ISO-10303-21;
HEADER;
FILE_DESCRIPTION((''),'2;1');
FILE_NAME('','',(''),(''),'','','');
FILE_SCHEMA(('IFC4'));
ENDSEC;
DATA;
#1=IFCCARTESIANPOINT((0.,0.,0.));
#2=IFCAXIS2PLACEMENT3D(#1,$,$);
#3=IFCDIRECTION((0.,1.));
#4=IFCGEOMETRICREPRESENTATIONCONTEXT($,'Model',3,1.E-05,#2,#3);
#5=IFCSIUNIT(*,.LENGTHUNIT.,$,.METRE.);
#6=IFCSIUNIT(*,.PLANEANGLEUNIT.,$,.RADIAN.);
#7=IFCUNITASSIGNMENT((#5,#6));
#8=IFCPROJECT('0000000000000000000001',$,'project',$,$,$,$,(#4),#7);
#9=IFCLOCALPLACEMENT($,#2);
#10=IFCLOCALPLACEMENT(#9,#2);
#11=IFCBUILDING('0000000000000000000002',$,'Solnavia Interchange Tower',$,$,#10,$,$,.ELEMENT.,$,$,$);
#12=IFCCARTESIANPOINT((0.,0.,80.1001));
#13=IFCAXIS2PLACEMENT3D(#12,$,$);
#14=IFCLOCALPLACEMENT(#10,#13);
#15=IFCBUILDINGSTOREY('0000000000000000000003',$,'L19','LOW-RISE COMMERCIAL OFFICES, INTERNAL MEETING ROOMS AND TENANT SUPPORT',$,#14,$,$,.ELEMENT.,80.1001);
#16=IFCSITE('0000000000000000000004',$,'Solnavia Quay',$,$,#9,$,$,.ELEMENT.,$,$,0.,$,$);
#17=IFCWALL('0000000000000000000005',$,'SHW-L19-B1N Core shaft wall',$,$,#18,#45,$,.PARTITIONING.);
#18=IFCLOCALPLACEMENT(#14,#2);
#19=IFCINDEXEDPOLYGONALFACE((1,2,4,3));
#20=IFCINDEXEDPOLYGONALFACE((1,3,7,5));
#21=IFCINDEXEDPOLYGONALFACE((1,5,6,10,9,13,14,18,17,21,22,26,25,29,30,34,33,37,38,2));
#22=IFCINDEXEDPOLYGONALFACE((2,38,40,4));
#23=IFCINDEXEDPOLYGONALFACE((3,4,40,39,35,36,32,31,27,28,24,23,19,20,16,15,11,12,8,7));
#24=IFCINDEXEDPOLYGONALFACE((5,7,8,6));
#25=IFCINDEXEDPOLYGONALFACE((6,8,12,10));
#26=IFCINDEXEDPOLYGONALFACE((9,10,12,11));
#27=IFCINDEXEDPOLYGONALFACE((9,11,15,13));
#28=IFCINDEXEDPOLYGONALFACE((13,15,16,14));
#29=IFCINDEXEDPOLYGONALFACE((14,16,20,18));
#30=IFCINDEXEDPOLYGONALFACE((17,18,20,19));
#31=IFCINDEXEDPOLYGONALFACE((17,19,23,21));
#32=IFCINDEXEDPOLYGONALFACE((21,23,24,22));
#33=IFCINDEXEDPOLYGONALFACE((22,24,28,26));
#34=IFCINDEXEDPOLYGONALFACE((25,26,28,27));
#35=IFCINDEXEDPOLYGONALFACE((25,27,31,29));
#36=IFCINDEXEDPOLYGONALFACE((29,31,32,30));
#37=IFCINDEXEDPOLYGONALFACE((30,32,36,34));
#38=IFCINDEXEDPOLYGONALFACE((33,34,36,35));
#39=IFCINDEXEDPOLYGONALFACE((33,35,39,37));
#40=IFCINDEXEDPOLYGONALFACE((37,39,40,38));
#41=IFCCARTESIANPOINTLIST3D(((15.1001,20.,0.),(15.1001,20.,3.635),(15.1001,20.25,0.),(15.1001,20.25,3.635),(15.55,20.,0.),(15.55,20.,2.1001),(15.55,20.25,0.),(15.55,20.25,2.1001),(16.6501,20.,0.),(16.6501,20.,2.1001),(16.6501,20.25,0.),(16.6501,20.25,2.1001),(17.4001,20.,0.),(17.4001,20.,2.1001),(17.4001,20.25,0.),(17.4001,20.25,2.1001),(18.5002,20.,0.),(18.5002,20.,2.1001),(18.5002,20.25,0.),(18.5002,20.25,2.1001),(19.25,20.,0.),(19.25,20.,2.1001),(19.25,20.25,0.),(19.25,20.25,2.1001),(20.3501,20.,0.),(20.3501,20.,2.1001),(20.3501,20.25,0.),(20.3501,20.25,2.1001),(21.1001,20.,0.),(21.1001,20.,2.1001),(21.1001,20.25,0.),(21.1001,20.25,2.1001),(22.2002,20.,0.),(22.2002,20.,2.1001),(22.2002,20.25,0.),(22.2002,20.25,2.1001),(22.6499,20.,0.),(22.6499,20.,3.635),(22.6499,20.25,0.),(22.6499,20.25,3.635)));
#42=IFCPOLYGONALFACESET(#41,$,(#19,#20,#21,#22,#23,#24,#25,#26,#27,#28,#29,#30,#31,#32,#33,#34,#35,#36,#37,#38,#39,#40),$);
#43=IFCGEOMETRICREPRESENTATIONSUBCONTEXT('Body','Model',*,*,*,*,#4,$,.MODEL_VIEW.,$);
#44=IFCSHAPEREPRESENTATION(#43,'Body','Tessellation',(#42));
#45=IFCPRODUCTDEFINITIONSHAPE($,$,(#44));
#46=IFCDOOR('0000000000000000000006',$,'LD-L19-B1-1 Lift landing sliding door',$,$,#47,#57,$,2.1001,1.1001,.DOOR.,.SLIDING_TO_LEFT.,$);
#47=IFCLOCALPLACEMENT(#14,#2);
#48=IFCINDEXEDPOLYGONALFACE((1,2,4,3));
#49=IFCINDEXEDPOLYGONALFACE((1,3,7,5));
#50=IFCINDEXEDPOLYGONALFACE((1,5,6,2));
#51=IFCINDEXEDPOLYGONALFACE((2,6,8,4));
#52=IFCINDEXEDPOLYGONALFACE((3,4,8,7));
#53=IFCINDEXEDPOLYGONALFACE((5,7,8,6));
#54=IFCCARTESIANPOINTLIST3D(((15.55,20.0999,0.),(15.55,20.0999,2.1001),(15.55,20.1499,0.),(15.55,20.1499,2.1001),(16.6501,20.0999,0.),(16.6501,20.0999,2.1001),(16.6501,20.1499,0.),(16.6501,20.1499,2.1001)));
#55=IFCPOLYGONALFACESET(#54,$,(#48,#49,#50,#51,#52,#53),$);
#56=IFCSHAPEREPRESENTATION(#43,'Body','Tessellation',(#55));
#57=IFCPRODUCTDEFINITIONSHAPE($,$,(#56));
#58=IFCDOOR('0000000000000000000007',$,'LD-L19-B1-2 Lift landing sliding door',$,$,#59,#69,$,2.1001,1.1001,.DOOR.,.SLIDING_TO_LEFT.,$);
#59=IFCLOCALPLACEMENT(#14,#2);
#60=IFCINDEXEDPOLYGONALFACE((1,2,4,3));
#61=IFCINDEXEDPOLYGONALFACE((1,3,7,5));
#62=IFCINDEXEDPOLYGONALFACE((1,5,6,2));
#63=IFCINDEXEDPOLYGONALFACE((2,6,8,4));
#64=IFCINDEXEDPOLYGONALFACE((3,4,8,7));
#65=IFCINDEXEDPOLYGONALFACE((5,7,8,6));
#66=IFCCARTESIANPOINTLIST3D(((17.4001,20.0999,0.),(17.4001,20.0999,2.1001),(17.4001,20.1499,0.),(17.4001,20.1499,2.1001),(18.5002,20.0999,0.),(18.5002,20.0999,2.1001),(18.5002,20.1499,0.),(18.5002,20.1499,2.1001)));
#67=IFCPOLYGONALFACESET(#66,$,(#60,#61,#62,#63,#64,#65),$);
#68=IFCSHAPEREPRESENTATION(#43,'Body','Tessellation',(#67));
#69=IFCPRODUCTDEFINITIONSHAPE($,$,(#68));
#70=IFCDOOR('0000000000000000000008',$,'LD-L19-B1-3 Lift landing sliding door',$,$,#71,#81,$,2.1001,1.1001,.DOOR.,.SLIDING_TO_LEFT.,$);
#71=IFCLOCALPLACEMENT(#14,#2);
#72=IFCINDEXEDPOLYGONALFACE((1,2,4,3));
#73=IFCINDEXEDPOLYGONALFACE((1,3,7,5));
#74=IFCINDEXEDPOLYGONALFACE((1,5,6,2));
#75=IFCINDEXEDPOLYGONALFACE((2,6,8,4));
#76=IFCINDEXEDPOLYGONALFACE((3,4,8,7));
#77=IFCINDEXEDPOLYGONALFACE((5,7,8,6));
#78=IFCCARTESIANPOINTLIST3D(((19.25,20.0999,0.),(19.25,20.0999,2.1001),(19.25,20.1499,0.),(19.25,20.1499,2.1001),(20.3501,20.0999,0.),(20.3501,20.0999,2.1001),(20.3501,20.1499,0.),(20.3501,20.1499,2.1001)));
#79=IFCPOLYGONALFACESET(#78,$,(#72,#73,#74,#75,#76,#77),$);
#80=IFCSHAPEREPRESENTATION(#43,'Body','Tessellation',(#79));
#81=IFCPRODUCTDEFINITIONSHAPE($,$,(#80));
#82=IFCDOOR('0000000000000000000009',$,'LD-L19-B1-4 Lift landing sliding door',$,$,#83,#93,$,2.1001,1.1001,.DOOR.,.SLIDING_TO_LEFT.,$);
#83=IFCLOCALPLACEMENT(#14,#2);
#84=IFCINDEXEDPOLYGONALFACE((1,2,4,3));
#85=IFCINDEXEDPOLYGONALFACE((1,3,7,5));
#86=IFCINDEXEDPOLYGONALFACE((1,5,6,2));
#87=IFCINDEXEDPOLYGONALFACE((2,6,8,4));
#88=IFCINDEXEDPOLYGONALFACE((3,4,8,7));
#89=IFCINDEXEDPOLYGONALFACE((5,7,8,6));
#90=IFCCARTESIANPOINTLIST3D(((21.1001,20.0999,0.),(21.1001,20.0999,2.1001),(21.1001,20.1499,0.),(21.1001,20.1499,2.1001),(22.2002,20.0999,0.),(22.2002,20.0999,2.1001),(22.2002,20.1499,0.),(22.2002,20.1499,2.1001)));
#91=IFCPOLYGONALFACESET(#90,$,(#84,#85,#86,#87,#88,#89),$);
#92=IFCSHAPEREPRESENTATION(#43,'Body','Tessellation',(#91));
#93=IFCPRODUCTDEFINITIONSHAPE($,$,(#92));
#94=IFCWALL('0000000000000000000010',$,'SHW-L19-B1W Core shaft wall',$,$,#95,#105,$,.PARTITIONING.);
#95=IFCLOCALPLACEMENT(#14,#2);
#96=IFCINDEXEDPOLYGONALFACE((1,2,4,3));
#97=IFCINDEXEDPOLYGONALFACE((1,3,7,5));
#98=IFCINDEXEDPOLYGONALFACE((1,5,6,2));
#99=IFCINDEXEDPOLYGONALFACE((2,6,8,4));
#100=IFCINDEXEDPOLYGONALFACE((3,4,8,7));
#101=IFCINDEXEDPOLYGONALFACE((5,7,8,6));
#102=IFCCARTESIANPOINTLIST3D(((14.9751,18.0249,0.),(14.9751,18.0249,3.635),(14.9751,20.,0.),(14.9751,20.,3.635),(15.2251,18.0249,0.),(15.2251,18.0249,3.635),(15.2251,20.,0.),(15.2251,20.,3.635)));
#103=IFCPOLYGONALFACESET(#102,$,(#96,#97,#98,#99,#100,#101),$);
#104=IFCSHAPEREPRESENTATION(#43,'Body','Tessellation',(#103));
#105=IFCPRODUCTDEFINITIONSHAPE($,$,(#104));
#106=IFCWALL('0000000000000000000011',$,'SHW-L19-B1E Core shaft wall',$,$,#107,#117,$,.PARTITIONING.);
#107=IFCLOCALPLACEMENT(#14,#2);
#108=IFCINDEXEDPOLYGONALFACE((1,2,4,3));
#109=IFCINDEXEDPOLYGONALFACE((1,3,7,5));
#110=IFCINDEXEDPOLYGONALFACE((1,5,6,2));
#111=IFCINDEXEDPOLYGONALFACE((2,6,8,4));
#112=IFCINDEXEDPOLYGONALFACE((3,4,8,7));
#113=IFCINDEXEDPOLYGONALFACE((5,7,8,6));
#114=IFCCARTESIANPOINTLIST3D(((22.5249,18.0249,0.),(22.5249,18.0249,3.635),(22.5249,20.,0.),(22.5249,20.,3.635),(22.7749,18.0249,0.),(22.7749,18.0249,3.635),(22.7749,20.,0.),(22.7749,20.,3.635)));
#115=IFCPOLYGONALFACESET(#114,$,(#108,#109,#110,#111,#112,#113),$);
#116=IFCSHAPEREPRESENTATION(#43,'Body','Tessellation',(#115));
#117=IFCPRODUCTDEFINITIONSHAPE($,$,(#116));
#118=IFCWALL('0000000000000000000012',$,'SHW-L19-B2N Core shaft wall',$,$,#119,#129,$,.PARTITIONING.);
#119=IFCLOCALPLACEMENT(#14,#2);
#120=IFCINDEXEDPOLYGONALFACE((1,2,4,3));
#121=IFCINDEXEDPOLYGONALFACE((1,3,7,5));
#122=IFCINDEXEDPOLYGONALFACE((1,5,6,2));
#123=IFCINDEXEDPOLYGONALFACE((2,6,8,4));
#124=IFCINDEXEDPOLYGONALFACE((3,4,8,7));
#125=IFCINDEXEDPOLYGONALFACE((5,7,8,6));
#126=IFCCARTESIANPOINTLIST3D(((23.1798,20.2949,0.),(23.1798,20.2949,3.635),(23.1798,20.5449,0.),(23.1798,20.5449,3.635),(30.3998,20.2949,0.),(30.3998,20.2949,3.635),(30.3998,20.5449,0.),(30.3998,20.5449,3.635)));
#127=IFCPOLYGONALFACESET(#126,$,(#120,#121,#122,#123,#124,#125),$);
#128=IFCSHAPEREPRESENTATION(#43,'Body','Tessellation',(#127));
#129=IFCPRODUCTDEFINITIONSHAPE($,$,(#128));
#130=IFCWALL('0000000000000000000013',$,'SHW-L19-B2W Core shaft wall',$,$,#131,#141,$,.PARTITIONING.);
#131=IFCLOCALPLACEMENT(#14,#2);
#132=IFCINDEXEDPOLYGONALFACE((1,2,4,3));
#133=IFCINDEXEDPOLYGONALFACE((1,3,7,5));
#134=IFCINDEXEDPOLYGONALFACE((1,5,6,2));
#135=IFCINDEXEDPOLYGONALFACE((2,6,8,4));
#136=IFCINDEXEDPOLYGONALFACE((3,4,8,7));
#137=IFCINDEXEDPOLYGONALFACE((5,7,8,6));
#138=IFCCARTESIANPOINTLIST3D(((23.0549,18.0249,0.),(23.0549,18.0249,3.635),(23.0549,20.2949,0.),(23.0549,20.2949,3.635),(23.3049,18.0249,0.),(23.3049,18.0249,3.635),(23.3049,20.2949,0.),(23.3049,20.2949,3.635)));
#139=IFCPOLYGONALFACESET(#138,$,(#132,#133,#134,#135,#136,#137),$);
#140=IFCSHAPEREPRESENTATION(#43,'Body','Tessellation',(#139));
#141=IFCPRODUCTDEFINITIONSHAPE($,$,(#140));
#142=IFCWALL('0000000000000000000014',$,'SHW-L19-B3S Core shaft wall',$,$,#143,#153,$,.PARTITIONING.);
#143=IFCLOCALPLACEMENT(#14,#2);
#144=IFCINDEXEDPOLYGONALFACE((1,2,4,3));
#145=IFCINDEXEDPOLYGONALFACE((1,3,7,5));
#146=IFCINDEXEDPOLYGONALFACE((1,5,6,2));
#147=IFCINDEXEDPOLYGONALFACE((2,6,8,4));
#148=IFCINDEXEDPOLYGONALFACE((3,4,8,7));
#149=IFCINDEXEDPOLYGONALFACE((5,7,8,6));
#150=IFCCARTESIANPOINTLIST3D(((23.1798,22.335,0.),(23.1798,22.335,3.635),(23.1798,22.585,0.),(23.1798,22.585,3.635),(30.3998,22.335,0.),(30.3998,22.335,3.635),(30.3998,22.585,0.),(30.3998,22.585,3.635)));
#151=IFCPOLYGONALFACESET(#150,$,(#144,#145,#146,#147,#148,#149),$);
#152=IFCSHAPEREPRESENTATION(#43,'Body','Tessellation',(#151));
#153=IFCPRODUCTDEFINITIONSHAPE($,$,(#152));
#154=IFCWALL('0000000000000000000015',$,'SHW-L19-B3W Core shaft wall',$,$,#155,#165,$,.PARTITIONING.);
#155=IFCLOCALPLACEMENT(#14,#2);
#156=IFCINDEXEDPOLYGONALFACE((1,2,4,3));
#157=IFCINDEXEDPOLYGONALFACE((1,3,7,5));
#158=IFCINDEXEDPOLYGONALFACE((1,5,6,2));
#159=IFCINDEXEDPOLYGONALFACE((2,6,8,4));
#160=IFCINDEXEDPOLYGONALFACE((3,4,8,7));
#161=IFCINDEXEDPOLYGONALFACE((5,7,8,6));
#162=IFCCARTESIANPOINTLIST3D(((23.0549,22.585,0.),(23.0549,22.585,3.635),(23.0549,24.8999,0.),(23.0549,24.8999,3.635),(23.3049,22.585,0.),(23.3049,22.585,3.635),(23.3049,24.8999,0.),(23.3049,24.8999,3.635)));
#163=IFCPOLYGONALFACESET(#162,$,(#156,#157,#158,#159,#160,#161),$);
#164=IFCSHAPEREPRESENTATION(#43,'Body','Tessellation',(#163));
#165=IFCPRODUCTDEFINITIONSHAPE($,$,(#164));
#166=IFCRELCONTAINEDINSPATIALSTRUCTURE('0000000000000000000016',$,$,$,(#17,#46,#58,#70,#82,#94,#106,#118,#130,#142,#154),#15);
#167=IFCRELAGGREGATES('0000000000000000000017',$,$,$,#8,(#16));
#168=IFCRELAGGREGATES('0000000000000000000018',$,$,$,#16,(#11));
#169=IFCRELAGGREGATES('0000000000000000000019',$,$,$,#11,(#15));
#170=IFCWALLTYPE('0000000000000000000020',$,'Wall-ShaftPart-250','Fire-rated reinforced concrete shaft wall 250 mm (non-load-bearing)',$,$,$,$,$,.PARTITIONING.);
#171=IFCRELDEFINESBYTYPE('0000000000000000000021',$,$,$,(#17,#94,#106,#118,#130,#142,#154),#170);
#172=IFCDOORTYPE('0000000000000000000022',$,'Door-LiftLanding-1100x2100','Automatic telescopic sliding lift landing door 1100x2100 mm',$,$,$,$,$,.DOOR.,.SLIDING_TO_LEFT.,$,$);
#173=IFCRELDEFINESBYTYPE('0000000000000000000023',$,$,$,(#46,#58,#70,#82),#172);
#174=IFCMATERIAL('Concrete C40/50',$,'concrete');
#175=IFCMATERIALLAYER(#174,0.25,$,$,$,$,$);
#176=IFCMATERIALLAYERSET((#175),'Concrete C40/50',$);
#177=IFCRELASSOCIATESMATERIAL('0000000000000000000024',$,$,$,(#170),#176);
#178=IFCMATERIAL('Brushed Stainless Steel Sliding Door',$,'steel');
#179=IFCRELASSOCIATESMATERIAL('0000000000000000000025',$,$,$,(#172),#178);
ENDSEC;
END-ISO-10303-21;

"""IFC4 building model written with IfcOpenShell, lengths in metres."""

from ifc_helpers import new_model, si_unit, direction, frame, frame_2d, origin, place, context, subcontext, project, spatial, rectangle, extrude, material, layer, layer_set, type_object, element, fill, save


model = new_model("IFC4")

# Units and contexts
model_context = context("Model", 3, precision=1e-05, world=origin(), true_north=direction((0.0, 1.0)))
body_context = subcontext(model_context, "Body", "Model", "MODEL_VIEW")
ifc_project = project(units=[si_unit("LENGTHUNIT", "METRE"), si_unit("PLANEANGLEUNIT", "RADIAN")], contexts=[model_context])

# Site, building, storey
site_placement = place(None, origin())
site = spatial("IfcSite", under=ifc_project, at=site_placement, Name="Solnavia Quay", CompositionType="ELEMENT", RefElevation=0.0)
building_placement = place(site_placement, origin())
building = spatial("IfcBuilding", under=site, at=building_placement, Name="Solnavia Interchange Tower", CompositionType="ELEMENT")
storey_placement = place(building_placement, frame((0.0, 0.0, 80.1001)))
storey = spatial("IfcBuildingStorey", under=building, at=storey_placement, Name="L19", Description="LOW-RISE COMMERCIAL OFFICES, INTERNAL MEETING ROOMS AND TENANT SUPPORT", CompositionType="ELEMENT", Elevation=80.1001)

# Shared definitions
ifc_material_1 = material(Name="Concrete C40/50", Category="concrete")

# Shared definitions
ifc_layer_1 = layer(ifc_material_1, 0.25)
ifc_layer_set_1 = layer_set([ifc_layer_1], Name="Concrete C40/50")
wall_type_1 = type_object("IfcWallType", Name="Wall-ShaftPart-250", Description="Fire-rated reinforced concrete shaft wall 250 mm (non-load-bearing)", PredefinedType="PARTITIONING", material=ifc_layer_set_1)
ifc_material_2 = material(Name="Brushed Stainless Steel Sliding Door", Category="steel")
door_type_1 = type_object("IfcDoorType", Name="Door-LiftLanding-1100x2100", Description="Automatic telescopic sliding lift landing door 1100x2100 mm", OperationType="SLIDING_TO_LEFT", PredefinedType="DOOR", material=ifc_material_2)

# Wall, openings, doors
wall_1_placement = place(storey_placement, frame((15.1001, 20.125, 0.0), z_axis=(0.0, 0.0, 1.0), x_axis=(1.0, 0.0, 0.0)))
wall_1 = element("IfcWall", 1, at=wall_1_placement, inside=storey, type_object=wall_type_1, Name="SHW-L19-B1N Core shaft wall", PredefinedType="PARTITIONING", context=body_context, shape_type="SweptSolid", body=[
    extrude(rectangle(XDim=7.5498, YDim=0.25, at=frame_2d((3.7749, 0.0))), origin(), (0.0, 0.0, 1.0), 3.635),
])
opening_1_placement = place(wall_1_placement, frame((0.45, 0.0, 0.0)))
opening_1 = element("IfcOpeningElement", 2, at=opening_1_placement, cuts=wall_1, PredefinedType="OPENING", context=body_context, shape_type="SweptSolid", body=[
    extrude(rectangle(XDim=1.1001, YDim=2.1001, at=frame_2d((0.55, 1.05))), frame((0.0, 0.135, 0.0), z_axis=(0.0, -1.0, 0.0), x_axis=(1.0, 0.0, 0.0)), (0.0, 0.0, 1.0), 0.27),
])
opening_2_placement = place(wall_1_placement, frame((2.3, 0.0, 0.0)))
opening_2 = element("IfcOpeningElement", 3, at=opening_2_placement, cuts=wall_1, PredefinedType="OPENING", context=body_context, shape_type="SweptSolid", body=[
    extrude(rectangle(XDim=1.1001, YDim=2.1001, at=frame_2d((0.55, 1.05))), frame((0.0, 0.135, 0.0), z_axis=(0.0, -1.0, 0.0), x_axis=(1.0, 0.0, 0.0)), (0.0, 0.0, 1.0), 0.27),
])
opening_3_placement = place(wall_1_placement, frame((4.1499, 0.0, 0.0)))
opening_3 = element("IfcOpeningElement", 4, at=opening_3_placement, cuts=wall_1, PredefinedType="OPENING", context=body_context, shape_type="SweptSolid", body=[
    extrude(rectangle(XDim=1.1001, YDim=2.1001, at=frame_2d((0.55, 1.05))), frame((0.0, 0.135, 0.0), z_axis=(0.0, -1.0, 0.0), x_axis=(1.0, 0.0, 0.0)), (0.0, 0.0, 1.0), 0.27),
])
opening_4_placement = place(wall_1_placement, frame((6.0, 0.0, 0.0)))
opening_4 = element("IfcOpeningElement", 5, at=opening_4_placement, cuts=wall_1, PredefinedType="OPENING", context=body_context, shape_type="SweptSolid", body=[
    extrude(rectangle(XDim=1.1001, YDim=2.1001, at=frame_2d((0.55, 1.05))), frame((0.0, 0.135, 0.0), z_axis=(0.0, -1.0, 0.0), x_axis=(1.0, 0.0, 0.0)), (0.0, 0.0, 1.0), 0.27),
])
door_1_placement = place(opening_1_placement, origin())
door_1 = element("IfcDoor", 6, at=door_1_placement, inside=storey, type_object=door_type_1, Name="LD-L19-B1-1 Lift landing sliding door", OperationType="SLIDING_TO_LEFT", OverallHeight=2.1001, OverallWidth=1.1001, PredefinedType="DOOR", context=body_context, shape_type="SweptSolid", body=[
    extrude(rectangle(XDim=1.1001, YDim=2.1001, at=frame_2d((0.55, 1.05))), frame((0.0, 0.0249, 0.0), z_axis=(0.0, -1.0, 0.0), x_axis=(1.0, 0.0, 0.0)), (0.0, 0.0, 1.0), 0.05),
])
fill(opening_1, door_1)
door_2_placement = place(opening_2_placement, origin())
door_2 = element("IfcDoor", 7, at=door_2_placement, inside=storey, type_object=door_type_1, Name="LD-L19-B1-2 Lift landing sliding door", OperationType="SLIDING_TO_LEFT", OverallHeight=2.1001, OverallWidth=1.1001, PredefinedType="DOOR", context=body_context, shape_type="SweptSolid", body=[
    extrude(rectangle(XDim=1.1001, YDim=2.1001, at=frame_2d((0.55, 1.05))), frame((0.0, 0.0249, 0.0), z_axis=(0.0, -1.0, 0.0), x_axis=(1.0, 0.0, 0.0)), (0.0, 0.0, 1.0), 0.05),
])
fill(opening_2, door_2)
door_3_placement = place(opening_3_placement, origin())
door_3 = element("IfcDoor", 8, at=door_3_placement, inside=storey, type_object=door_type_1, Name="LD-L19-B1-3 Lift landing sliding door", OperationType="SLIDING_TO_LEFT", OverallHeight=2.1001, OverallWidth=1.1001, PredefinedType="DOOR", context=body_context, shape_type="SweptSolid", body=[
    extrude(rectangle(XDim=1.1001, YDim=2.1001, at=frame_2d((0.55, 1.05))), frame((0.0, 0.0249, 0.0), z_axis=(0.0, -1.0, 0.0), x_axis=(1.0, 0.0, 0.0)), (0.0, 0.0, 1.0), 0.05),
])
fill(opening_3, door_3)
door_4_placement = place(opening_4_placement, origin())
door_4 = element("IfcDoor", 9, at=door_4_placement, inside=storey, type_object=door_type_1, Name="LD-L19-B1-4 Lift landing sliding door", OperationType="SLIDING_TO_LEFT", OverallHeight=2.1001, OverallWidth=1.1001, PredefinedType="DOOR", context=body_context, shape_type="SweptSolid", body=[
    extrude(rectangle(XDim=1.1001, YDim=2.1001, at=frame_2d((0.55, 1.05))), frame((0.0, 0.0249, 0.0), z_axis=(0.0, -1.0, 0.0), x_axis=(1.0, 0.0, 0.0)), (0.0, 0.0, 1.0), 0.05),
])
fill(opening_4, door_4)

# Walls
for number, where, z_axis, x_axis, name in (
    (10, (15.1001, 18.0249, 0.0), (0.0, 0.0, 1.0), (0.0, 1.0, 0.0), "SHW-L19-B1W Core shaft wall"),
    (11, (22.6499, 18.0249, 0.0), (0.0, 0.0, 1.0), (0.0, 1.0, 0.0), "SHW-L19-B1E Core shaft wall"),
):
    element("IfcWall", number, at=place(storey_placement, frame(where, z_axis=z_axis, x_axis=x_axis)), inside=storey, type_object=wall_type_1, Name=name, PredefinedType="PARTITIONING", context=body_context, shape_type="SweptSolid", body=[
        extrude(rectangle(XDim=1.9751, YDim=0.25, at=frame_2d((0.9875, 0.0))), origin(), (0.0, 0.0, 1.0), 3.635),
    ])
wall_2_placement = place(storey_placement, frame((23.1799, 20.4199, 0.0), z_axis=(0.0, 0.0, 1.0), x_axis=(1.0, 0.0, 0.0)))
element("IfcWall", 12, at=wall_2_placement, inside=storey, type_object=wall_type_1, Name="SHW-L19-B2N Core shaft wall", PredefinedType="PARTITIONING", context=body_context, shape_type="SweptSolid", body=[
    extrude(rectangle(XDim=7.22, YDim=0.25, at=frame_2d((3.6099, 0.0))), origin(), (0.0, 0.0, 1.0), 3.635),
])
wall_3_placement = place(storey_placement, frame((23.1799, 18.0249, 0.0), z_axis=(0.0, 0.0, 1.0), x_axis=(0.0, 1.0, 0.0)))
element("IfcWall", 13, at=wall_3_placement, inside=storey, type_object=wall_type_1, Name="SHW-L19-B2W Core shaft wall", PredefinedType="PARTITIONING", context=body_context, shape_type="SweptSolid", body=[
    extrude(rectangle(XDim=2.27, YDim=0.25, at=frame_2d((1.135, 0.0))), origin(), (0.0, 0.0, 1.0), 3.635),
])
wall_4_placement = place(storey_placement, frame((23.1799, 22.46, 0.0), z_axis=(0.0, 0.0, 1.0), x_axis=(1.0, 0.0, 0.0)))
element("IfcWall", 14, at=wall_4_placement, inside=storey, type_object=wall_type_1, Name="SHW-L19-B3S Core shaft wall", PredefinedType="PARTITIONING", context=body_context, shape_type="SweptSolid", body=[
    extrude(rectangle(XDim=7.22, YDim=0.25, at=frame_2d((3.6099, 0.0))), origin(), (0.0, 0.0, 1.0), 3.635),
])
wall_5_placement = place(storey_placement, frame((23.1799, 22.585, 0.0), z_axis=(0.0, 0.0, 1.0), x_axis=(0.0, 1.0, 0.0)))
element("IfcWall", 15, at=wall_5_placement, inside=storey, type_object=wall_type_1, Name="SHW-L19-B3W Core shaft wall", PredefinedType="PARTITIONING", context=body_context, shape_type="SweptSolid", body=[
    extrude(rectangle(XDim=2.3149, YDim=0.25, at=frame_2d((1.1575, 0.0))), origin(), (0.0, 0.0, 1.0), 3.635),
])

save(model, "model.ifc")
